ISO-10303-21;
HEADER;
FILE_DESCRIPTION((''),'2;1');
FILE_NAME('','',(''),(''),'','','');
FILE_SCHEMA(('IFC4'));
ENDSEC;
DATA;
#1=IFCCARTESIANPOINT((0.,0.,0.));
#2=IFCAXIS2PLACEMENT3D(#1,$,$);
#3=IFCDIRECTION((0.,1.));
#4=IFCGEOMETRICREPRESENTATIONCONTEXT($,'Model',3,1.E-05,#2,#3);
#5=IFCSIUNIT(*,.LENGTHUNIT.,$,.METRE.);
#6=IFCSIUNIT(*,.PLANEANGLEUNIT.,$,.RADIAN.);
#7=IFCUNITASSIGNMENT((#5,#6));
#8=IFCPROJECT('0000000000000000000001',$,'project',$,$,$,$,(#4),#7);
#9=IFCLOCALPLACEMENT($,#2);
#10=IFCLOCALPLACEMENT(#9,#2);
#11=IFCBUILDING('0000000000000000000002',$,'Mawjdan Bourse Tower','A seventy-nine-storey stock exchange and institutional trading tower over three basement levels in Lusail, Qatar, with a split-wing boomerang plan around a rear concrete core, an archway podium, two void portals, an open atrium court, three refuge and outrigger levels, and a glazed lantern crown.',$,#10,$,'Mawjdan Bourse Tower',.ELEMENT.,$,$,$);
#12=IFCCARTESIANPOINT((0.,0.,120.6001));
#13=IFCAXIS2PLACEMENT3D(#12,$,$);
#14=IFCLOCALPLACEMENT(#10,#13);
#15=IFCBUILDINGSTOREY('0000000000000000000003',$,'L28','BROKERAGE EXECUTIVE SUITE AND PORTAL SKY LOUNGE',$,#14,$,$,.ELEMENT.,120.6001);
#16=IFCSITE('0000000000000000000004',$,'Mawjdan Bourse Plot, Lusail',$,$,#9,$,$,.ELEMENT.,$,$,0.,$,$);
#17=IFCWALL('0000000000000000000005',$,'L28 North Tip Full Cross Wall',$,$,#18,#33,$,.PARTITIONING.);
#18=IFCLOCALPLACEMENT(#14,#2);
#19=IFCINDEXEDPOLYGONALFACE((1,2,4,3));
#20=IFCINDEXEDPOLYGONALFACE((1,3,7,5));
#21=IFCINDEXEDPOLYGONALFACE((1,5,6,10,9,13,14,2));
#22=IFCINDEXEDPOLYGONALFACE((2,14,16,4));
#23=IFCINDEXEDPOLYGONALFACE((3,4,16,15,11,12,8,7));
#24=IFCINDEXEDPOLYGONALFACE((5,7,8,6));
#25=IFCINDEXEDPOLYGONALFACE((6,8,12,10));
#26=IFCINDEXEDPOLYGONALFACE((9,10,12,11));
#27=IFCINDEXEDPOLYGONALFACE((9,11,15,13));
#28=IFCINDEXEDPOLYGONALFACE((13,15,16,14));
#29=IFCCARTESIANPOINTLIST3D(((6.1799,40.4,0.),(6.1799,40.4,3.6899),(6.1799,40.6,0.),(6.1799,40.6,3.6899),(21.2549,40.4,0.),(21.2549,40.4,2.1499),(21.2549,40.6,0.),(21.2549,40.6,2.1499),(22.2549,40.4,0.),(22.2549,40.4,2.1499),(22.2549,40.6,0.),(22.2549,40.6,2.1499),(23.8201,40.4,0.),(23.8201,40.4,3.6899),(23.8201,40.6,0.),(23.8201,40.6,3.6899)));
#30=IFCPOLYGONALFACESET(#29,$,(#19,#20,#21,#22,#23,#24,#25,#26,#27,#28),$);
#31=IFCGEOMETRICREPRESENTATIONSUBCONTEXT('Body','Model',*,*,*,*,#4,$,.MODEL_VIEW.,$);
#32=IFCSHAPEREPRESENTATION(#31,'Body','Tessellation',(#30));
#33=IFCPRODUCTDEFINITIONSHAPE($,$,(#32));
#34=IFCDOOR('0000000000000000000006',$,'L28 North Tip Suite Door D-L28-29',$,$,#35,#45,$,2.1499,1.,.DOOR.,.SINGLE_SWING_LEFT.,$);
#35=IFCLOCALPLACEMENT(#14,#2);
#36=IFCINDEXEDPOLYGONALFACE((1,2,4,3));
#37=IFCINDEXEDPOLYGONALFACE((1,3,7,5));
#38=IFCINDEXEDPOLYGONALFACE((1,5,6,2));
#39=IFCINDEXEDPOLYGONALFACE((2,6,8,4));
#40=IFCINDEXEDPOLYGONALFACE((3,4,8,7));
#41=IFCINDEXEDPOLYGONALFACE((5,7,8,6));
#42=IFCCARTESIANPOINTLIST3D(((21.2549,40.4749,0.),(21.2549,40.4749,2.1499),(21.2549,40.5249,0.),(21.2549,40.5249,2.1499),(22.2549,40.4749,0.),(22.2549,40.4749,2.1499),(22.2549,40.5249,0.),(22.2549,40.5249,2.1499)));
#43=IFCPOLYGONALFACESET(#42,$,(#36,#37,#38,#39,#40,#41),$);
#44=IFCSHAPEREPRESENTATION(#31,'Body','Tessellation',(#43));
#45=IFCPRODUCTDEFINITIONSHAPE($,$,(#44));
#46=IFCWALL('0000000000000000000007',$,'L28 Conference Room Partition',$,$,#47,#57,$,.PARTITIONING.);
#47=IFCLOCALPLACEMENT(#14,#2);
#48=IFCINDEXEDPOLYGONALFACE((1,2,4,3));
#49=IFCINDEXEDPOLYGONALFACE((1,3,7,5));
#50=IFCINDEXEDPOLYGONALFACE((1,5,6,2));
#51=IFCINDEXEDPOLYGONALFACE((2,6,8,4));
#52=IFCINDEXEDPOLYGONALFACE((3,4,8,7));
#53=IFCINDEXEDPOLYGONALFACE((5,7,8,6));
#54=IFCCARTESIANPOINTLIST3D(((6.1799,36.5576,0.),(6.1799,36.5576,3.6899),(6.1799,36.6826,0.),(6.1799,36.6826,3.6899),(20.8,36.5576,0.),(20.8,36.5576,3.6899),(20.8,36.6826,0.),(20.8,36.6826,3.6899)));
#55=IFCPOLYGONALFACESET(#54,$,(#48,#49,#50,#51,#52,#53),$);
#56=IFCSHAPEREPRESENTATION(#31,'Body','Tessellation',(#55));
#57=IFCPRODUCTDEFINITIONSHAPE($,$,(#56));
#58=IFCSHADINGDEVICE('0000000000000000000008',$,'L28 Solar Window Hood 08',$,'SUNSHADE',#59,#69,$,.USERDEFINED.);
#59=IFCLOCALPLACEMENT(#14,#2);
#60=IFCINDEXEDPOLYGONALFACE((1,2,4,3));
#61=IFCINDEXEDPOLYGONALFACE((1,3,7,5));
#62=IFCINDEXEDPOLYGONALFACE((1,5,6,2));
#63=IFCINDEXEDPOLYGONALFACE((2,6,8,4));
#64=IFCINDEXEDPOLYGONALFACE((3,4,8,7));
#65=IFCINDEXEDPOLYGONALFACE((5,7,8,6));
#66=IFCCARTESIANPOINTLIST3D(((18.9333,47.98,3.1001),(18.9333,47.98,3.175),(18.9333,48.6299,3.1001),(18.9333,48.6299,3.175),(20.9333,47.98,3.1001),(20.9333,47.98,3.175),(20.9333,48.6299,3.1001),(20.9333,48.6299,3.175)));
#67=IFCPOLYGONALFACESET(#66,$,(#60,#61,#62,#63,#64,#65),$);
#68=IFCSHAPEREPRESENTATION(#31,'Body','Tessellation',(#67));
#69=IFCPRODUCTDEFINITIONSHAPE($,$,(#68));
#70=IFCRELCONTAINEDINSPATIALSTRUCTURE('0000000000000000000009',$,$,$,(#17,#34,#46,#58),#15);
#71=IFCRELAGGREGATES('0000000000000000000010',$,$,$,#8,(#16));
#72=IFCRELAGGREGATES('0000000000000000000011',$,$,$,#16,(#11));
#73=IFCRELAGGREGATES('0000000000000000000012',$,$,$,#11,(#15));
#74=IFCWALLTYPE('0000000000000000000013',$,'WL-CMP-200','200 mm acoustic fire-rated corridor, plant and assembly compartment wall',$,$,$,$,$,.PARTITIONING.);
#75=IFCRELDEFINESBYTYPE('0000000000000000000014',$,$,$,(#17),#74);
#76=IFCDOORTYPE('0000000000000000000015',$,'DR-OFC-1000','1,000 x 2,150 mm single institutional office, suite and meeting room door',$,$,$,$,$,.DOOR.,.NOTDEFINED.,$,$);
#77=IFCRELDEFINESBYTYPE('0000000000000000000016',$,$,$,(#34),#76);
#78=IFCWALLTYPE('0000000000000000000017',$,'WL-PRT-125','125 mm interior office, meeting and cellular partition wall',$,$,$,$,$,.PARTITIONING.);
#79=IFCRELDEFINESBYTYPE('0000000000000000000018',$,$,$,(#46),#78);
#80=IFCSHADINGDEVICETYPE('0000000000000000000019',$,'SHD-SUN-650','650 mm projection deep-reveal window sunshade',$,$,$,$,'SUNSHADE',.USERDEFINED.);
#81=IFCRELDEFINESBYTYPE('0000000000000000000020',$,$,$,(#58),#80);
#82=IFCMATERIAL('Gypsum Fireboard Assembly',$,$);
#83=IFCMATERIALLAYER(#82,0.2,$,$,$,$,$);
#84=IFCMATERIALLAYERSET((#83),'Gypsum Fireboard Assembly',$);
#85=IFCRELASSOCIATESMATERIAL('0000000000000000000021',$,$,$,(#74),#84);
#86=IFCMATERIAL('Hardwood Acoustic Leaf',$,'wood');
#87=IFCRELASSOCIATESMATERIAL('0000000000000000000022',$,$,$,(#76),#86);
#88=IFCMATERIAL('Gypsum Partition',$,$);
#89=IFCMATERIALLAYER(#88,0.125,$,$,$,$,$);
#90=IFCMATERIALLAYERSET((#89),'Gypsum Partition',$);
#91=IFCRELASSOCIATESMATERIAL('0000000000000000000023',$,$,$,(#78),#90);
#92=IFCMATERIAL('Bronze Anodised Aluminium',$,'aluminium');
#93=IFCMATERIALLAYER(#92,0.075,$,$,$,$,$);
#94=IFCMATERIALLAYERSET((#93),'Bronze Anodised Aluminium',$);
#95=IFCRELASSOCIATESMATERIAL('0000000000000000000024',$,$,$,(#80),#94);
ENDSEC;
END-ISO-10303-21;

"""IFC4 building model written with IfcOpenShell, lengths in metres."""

from ifc_helpers import new_model, si_unit, direction, frame, frame_2d, origin, origin_2d, place, context, subcontext, project, spatial, rectangle, extrude, material, layer, layer_set, type_object, element, fill, save


model = new_model("IFC4")

# Units and contexts
model_context = context("Model", 3, precision=1e-05, world=origin(), true_north=direction((0.0, 1.0)))
body_context = subcontext(model_context, "Body", "Model", "MODEL_VIEW")
ifc_project = project(units=[si_unit("LENGTHUNIT", "METRE"), si_unit("PLANEANGLEUNIT", "RADIAN")], contexts=[model_context])

# Site, building, storey
site_placement = place(None, origin())
site = spatial("IfcSite", under=ifc_project, at=site_placement, Name="Mawjdan Bourse Plot, Lusail", CompositionType="ELEMENT", RefElevation=0.0)
building_placement = place(site_placement, origin())
building = spatial("IfcBuilding", under=site, at=building_placement, Name="Mawjdan Bourse Tower", Description="A seventy-nine-storey stock exchange and institutional trading tower over three basement levels in Lusail, Qatar, with a split-wing boomerang plan around a rear concrete core, an archway podium, two void portals, an open atrium court, three refuge and outrigger levels, and a glazed lantern crown.", LongName="Mawjdan Bourse Tower", CompositionType="ELEMENT")
storey_placement = place(building_placement, frame((0.0, 0.0, 120.6001)))
storey = spatial("IfcBuildingStorey", under=building, at=storey_placement, Name="L28", Description="BROKERAGE EXECUTIVE SUITE AND PORTAL SKY LOUNGE", CompositionType="ELEMENT", Elevation=120.6001)

# Wall, opening, door
ifc_material_1 = material(Name="Gypsum Fireboard Assembly")
ifc_layer_1 = layer(ifc_material_1, 0.2)
ifc_layer_set_1 = layer_set([ifc_layer_1], Name="Gypsum Fireboard Assembly")
wall_type_1 = type_object("IfcWallType", Name="WL-CMP-200", Description="200 mm acoustic fire-rated corridor, plant and assembly compartment wall", PredefinedType="PARTITIONING", material=ifc_layer_set_1)
ifc_material_2 = material(Name="Hardwood Acoustic Leaf", Category="wood")
door_type = type_object("IfcDoorType", Name="DR-OFC-1000", Description="1,000 x 2,150 mm single institutional office, suite and meeting room door", OperationType="NOTDEFINED", PredefinedType="DOOR", material=ifc_material_2)
wall_1_placement = place(storey_placement, frame((6.1799, 40.5, 0.0), z_axis=(0.0, 0.0, 1.0), x_axis=(1.0, 0.0, 0.0)))
wall_1 = element("IfcWall", 1, at=wall_1_placement, inside=storey, type_object=wall_type_1, Name="L28 North Tip Full Cross Wall", PredefinedType="PARTITIONING", context=body_context, shape_type="SweptSolid", body=[
    extrude(rectangle(XDim=17.6401, YDim=0.2, at=frame_2d((8.8201, 0.0))), origin(), (0.0, 0.0, 1.0), 3.6899),
])
opening_1_placement = place(wall_1_placement, frame((15.075, 0.0, 0.0)))
opening_1 = element("IfcOpeningElement", 2, at=opening_1_placement, cuts=wall_1, PredefinedType="OPENING", context=body_context, shape_type="SweptSolid", body=[
    extrude(rectangle(XDim=1.0, YDim=2.1499, at=frame_2d((0.5, 1.075))), frame((0.0, 0.1099, 0.0), z_axis=(0.0, -1.0, 0.0), x_axis=(1.0, 0.0, 0.0)), (0.0, 0.0, 1.0), 0.22),
])
door_1_placement = place(opening_1_placement, origin())
door_1 = element("IfcDoor", 3, at=door_1_placement, inside=storey, type_object=door_type, Name="L28 North Tip Suite Door D-L28-29", OperationType="SINGLE_SWING_LEFT", OverallHeight=2.1499, OverallWidth=1.0, PredefinedType="DOOR", context=body_context, shape_type="SweptSolid", body=[
    extrude(rectangle(XDim=1.0, YDim=2.1499, at=frame_2d((0.5, 1.075))), frame((0.0, 0.0249, 0.0), z_axis=(0.0, -1.0, 0.0), x_axis=(1.0, 0.0, 0.0)), (0.0, 0.0, 1.0), 0.05),
])
fill(opening_1, door_1)

# Wall
ifc_material_3 = material(Name="Gypsum Partition")
ifc_layer_2 = layer(ifc_material_3, 0.125)
ifc_layer_set_2 = layer_set([ifc_layer_2], Name="Gypsum Partition")
wall_type_2 = type_object("IfcWallType", Name="WL-PRT-125", Description="125 mm interior office, meeting and cellular partition wall", PredefinedType="PARTITIONING", material=ifc_layer_set_2)
wall_2_placement = place(storey_placement, frame((6.1799, 36.6201, 0.0), z_axis=(0.0, 0.0, 1.0), x_axis=(1.0, 0.0, 0.0)))
element("IfcWall", 4, at=wall_2_placement, inside=storey, type_object=wall_type_2, Name="L28 Conference Room Partition", PredefinedType="PARTITIONING", context=body_context, shape_type="SweptSolid", body=[
    extrude(rectangle(XDim=14.6201, YDim=0.125, at=frame_2d((7.3101, 0.0))), origin(), (0.0, 0.0, 1.0), 3.6899),
])

# Shading device
ifc_material_4 = material(Name="Bronze Anodised Aluminium", Category="aluminium")
ifc_layer_3 = layer(ifc_material_4, 0.075)
ifc_layer_set_3 = layer_set([ifc_layer_3], Name="Bronze Anodised Aluminium")
shading_device_type = type_object("IfcShadingDeviceType", Name="SHD-SUN-650", Description="650 mm projection deep-reveal window sunshade", ElementType="SUNSHADE", PredefinedType="USERDEFINED", material=ifc_layer_set_3)
shading_device_placement = place(storey_placement, frame((19.9333, 48.3049, 3.1001), z_axis=(0.0, 0.0, 1.0), x_axis=(-1.0, 0.0, 0.0)))
element("IfcShadingDevice", 5, at=shading_device_placement, inside=storey, type_object=shading_device_type, Name="L28 Solar Window Hood 08", ObjectType="SUNSHADE", PredefinedType="USERDEFINED", context=body_context, shape_type="SweptSolid", body=[
    extrude(rectangle(XDim=2.0, YDim=0.6499, at=origin_2d()), origin(), (0.0, 0.0, 1.0), 0.075),
])

save(model, "model.ifc")
